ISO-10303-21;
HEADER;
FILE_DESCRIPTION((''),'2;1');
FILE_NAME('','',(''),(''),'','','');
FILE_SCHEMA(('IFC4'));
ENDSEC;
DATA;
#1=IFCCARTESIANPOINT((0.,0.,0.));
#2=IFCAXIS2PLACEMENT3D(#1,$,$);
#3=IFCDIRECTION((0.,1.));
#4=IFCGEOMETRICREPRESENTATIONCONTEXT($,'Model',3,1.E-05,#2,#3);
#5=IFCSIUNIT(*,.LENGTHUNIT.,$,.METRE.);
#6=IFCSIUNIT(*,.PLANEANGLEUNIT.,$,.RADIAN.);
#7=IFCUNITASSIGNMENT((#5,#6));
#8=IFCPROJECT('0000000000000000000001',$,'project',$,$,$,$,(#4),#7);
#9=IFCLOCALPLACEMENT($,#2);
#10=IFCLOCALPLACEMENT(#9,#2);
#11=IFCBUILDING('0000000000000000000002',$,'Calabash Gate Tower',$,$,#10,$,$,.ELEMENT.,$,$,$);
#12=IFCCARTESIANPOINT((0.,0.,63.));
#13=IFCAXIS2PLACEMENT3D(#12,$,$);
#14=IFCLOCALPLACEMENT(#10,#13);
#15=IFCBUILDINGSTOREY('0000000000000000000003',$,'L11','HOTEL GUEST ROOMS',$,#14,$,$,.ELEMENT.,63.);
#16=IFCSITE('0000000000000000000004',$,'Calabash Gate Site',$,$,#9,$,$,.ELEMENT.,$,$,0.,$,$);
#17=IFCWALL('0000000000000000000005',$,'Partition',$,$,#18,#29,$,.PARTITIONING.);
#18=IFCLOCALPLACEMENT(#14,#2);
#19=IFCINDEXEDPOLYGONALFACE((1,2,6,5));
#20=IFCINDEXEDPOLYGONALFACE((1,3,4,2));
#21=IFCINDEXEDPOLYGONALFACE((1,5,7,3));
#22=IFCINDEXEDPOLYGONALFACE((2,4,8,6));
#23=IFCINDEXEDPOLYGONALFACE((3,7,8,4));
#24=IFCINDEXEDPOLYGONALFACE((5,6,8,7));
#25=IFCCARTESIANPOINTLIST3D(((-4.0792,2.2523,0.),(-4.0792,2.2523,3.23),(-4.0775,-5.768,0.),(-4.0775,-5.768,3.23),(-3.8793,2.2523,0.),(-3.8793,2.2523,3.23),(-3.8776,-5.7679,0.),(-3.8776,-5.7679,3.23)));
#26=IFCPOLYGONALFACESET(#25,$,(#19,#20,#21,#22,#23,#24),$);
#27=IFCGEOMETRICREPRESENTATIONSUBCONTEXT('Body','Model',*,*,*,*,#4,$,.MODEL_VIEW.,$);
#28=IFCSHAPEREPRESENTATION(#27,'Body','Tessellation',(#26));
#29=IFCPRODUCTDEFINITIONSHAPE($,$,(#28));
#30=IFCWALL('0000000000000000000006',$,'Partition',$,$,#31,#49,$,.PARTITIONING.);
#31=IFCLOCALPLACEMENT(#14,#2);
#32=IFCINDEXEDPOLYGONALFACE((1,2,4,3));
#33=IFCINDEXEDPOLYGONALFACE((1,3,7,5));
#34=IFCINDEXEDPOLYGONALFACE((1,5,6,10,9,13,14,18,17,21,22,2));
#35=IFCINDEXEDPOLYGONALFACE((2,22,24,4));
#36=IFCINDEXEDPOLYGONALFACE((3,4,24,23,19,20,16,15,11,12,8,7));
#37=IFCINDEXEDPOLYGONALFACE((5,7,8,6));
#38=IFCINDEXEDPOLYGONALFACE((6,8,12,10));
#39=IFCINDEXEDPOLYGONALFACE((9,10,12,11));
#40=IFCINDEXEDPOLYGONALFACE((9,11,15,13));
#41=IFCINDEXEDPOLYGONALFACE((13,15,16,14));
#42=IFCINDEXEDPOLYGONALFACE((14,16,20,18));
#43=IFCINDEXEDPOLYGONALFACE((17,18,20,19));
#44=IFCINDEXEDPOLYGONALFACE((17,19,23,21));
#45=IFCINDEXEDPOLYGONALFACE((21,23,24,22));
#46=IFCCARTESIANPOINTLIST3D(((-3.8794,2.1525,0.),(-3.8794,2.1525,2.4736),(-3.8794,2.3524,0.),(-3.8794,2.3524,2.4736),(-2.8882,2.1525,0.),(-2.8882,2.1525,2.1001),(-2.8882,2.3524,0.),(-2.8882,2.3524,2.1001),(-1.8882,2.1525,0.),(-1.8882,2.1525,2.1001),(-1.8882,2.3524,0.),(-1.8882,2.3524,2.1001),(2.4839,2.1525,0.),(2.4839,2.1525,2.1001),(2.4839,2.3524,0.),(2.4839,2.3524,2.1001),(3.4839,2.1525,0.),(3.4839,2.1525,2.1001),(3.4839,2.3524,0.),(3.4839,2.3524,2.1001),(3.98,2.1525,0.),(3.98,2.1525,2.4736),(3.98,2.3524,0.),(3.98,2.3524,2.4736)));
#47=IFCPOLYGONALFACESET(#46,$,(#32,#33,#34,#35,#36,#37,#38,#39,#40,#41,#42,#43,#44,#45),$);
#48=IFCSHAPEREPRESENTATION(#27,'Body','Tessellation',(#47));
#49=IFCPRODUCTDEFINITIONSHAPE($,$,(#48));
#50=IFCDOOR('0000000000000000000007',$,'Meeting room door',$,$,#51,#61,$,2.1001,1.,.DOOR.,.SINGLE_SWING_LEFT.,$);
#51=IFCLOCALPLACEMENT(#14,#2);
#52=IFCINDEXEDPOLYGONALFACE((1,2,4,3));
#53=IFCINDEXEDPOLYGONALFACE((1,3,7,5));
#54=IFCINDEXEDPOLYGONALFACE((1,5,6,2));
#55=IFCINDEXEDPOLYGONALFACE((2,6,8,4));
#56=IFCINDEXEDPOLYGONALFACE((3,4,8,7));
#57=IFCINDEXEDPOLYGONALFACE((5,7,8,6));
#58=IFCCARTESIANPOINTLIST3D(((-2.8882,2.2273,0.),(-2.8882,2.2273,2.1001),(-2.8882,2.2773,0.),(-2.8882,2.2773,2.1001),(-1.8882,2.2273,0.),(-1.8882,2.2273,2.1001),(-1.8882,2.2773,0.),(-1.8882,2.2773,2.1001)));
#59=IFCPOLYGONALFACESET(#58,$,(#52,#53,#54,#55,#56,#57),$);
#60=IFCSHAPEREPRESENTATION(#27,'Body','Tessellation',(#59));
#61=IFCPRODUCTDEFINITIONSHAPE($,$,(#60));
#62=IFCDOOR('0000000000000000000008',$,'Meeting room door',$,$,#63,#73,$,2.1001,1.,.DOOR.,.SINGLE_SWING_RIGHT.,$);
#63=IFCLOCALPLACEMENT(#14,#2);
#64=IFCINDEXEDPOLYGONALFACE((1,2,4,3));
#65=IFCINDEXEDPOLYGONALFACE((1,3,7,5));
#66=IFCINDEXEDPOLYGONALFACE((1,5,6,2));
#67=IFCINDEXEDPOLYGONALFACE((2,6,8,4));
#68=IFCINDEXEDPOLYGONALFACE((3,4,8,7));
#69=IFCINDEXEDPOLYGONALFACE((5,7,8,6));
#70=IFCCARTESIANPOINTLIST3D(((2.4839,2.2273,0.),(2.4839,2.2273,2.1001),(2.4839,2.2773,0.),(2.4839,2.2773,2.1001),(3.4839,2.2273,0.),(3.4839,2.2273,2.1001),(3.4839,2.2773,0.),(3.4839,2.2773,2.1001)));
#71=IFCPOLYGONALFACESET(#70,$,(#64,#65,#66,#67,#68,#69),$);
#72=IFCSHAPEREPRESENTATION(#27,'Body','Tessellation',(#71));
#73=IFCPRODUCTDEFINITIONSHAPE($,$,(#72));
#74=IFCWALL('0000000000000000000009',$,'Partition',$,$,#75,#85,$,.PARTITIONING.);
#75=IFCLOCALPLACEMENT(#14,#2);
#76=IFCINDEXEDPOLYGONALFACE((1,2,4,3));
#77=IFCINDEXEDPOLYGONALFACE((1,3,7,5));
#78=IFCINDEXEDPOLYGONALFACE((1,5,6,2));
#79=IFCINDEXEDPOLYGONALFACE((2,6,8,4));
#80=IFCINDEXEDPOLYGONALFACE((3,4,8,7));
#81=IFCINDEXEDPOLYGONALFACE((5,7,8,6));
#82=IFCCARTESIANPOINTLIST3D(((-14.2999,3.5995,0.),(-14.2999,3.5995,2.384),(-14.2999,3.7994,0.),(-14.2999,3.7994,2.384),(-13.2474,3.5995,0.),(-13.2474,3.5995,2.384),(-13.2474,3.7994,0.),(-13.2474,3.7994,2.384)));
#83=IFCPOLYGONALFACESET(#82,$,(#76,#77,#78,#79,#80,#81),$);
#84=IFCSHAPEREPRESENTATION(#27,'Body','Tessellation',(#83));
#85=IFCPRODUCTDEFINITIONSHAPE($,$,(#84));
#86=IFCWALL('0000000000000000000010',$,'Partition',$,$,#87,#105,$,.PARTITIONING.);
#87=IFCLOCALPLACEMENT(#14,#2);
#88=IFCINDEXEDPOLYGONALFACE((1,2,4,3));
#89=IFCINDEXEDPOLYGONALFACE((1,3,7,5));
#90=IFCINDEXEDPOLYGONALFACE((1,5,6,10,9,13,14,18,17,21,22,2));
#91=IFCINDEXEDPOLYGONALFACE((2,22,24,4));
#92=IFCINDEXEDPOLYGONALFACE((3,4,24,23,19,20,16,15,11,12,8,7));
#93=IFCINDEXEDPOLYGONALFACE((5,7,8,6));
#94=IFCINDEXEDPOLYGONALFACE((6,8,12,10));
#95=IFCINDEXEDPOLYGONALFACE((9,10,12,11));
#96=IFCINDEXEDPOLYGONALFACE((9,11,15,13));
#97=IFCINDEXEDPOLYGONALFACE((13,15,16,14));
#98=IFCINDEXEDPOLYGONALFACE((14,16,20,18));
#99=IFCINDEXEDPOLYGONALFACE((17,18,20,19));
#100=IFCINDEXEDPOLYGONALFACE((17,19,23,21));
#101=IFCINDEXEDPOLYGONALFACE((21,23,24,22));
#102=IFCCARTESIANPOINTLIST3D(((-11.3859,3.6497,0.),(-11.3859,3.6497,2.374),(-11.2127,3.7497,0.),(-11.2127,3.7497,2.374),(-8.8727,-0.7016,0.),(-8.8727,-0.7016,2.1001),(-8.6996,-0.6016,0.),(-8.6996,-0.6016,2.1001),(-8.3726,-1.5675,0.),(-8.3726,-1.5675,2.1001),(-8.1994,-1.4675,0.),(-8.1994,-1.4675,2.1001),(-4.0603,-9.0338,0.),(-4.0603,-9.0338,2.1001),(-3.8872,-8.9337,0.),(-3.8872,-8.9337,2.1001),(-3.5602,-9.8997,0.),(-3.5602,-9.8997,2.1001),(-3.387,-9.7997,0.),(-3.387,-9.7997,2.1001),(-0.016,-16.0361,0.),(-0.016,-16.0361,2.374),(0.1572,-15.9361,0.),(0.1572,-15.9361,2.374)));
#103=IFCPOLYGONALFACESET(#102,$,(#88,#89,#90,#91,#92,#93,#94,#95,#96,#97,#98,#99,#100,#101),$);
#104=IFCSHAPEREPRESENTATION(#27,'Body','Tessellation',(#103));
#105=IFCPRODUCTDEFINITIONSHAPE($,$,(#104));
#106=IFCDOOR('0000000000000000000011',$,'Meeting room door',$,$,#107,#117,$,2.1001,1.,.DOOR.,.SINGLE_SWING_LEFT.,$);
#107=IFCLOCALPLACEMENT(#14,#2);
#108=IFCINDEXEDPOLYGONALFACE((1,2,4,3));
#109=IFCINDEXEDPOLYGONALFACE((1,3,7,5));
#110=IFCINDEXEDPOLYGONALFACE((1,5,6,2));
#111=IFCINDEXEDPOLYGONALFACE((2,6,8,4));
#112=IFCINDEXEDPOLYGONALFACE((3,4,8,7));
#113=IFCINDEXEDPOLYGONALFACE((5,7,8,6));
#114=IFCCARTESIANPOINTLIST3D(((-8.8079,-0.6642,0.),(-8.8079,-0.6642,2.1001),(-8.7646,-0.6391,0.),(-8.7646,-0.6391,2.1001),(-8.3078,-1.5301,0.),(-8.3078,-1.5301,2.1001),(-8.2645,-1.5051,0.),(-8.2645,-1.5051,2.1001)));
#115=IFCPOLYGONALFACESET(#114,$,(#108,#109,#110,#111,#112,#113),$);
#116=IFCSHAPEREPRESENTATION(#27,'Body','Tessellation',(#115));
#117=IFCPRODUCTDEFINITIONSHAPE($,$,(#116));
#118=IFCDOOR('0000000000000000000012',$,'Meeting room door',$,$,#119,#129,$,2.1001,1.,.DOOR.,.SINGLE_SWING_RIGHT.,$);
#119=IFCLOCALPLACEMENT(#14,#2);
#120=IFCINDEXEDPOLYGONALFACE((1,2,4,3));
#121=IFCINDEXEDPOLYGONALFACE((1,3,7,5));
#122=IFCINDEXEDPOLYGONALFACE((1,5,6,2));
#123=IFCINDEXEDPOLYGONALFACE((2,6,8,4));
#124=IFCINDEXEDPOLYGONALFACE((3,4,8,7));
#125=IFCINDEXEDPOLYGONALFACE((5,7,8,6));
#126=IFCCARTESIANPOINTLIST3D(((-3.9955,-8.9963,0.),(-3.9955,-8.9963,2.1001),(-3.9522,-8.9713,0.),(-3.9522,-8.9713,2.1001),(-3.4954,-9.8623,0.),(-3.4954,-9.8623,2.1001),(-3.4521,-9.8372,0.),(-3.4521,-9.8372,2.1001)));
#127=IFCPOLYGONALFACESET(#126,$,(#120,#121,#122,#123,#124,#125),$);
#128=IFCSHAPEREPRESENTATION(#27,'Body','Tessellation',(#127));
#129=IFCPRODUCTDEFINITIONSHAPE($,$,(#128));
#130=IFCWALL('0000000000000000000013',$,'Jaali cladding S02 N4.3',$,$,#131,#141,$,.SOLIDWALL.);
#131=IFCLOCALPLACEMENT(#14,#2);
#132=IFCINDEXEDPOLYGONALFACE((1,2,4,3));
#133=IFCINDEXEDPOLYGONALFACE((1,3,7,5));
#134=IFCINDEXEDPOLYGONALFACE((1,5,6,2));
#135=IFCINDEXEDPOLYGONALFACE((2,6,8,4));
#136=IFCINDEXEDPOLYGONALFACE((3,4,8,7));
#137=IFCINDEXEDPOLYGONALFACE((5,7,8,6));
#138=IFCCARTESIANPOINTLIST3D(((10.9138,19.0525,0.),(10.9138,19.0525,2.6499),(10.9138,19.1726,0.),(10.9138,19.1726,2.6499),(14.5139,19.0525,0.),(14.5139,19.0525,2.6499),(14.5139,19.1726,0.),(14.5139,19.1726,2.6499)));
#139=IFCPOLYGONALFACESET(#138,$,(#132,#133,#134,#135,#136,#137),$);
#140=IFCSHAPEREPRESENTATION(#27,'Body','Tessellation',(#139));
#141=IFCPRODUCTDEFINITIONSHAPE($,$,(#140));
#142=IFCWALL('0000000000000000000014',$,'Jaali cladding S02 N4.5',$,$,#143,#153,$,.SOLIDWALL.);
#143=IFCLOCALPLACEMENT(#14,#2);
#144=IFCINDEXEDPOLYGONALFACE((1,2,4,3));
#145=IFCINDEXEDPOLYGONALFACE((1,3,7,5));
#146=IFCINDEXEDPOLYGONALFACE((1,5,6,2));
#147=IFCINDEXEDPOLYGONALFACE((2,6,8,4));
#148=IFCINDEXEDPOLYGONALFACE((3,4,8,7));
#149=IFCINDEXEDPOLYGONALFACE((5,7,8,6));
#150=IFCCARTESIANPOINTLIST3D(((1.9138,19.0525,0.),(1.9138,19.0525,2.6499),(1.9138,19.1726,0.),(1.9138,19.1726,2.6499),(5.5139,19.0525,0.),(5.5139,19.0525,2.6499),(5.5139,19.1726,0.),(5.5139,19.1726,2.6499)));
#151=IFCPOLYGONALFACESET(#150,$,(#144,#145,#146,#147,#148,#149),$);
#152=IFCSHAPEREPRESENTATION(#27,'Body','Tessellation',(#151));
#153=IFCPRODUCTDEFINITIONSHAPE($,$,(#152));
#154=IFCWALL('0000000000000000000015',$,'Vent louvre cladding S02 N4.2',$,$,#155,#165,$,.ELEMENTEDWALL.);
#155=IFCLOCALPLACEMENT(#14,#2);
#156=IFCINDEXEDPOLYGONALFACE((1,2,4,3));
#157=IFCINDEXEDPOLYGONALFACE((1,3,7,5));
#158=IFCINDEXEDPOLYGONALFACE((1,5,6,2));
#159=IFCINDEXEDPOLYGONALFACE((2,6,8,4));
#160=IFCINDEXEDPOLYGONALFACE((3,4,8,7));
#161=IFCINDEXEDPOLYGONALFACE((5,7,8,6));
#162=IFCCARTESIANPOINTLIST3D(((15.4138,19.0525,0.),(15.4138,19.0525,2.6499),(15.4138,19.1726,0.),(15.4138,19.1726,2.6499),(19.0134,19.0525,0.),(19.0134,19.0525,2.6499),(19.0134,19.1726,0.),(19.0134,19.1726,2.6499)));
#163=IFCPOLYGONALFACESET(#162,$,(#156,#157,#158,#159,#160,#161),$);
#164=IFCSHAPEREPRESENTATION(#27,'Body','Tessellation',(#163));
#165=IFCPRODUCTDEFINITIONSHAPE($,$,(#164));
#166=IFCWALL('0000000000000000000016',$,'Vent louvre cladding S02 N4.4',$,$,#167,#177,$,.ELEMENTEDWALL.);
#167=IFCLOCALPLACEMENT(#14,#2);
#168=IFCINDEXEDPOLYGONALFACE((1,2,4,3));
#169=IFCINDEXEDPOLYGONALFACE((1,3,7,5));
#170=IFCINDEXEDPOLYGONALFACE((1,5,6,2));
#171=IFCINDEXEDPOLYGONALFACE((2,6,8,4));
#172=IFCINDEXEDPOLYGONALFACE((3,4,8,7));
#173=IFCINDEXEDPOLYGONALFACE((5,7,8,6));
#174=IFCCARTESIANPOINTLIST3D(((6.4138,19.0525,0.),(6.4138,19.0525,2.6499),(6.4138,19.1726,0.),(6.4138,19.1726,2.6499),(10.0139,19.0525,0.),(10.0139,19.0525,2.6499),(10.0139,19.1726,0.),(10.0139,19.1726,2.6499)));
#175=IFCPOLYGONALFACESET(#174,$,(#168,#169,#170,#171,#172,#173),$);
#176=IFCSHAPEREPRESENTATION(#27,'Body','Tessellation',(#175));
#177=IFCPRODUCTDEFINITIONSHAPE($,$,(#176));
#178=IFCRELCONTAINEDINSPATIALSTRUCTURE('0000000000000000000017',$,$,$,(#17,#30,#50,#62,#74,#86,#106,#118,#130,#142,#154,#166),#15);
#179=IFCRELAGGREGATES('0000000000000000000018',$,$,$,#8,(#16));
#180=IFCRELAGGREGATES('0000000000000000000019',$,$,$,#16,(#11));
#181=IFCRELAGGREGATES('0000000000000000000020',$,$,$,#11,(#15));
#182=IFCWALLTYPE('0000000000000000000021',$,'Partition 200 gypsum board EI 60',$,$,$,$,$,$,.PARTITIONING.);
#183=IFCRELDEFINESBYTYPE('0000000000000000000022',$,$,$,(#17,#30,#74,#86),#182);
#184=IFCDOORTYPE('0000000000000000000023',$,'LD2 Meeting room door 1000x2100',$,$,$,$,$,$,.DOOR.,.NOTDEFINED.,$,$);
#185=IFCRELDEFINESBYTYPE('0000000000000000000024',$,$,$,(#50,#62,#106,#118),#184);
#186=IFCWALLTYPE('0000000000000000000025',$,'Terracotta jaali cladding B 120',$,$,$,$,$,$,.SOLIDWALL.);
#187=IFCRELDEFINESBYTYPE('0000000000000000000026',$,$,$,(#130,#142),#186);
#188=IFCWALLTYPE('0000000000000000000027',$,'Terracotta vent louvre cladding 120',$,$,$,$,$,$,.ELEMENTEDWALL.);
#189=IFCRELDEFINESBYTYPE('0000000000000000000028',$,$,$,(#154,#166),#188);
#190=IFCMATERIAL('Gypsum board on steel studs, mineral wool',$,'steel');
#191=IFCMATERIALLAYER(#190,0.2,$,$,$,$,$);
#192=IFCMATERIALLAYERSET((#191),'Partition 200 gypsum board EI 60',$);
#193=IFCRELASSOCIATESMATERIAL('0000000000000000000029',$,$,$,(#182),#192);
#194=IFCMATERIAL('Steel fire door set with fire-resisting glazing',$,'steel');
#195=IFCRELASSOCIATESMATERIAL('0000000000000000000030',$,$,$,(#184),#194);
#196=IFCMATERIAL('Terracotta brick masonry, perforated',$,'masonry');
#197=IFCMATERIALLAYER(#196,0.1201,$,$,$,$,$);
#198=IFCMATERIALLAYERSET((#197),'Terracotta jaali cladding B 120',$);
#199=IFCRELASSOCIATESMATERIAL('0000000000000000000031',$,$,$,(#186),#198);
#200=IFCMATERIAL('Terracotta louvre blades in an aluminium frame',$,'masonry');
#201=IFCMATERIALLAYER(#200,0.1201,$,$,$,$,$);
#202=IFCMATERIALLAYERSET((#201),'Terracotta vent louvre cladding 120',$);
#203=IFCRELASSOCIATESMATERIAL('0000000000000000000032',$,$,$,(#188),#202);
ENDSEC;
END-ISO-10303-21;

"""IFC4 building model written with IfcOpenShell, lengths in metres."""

from ifc_helpers import new_model, si_unit, direction, frame, frame_2d, origin, place, context, subcontext, project, spatial, polyline, rectangle, outline, extrude, material, layer, layer_set, type_object, element, fill, save


model = new_model("IFC4")

# Units and contexts
model_context = context("Model", 3, precision=1e-05, world=origin(), true_north=direction((0.0, 1.0)))
body_context = subcontext(model_context, "Body", "Model", "MODEL_VIEW")
ifc_project = project(units=[si_unit("LENGTHUNIT", "METRE"), si_unit("PLANEANGLEUNIT", "RADIAN")], contexts=[model_context])

# Site, building, storey
site_placement = place(None, origin())
site = spatial("IfcSite", under=ifc_project, at=site_placement, Name="Calabash Gate Site", CompositionType="ELEMENT", RefElevation=0.0)
building_placement = place(site_placement, origin())
building = spatial("IfcBuilding", under=site, at=building_placement, Name="Calabash Gate Tower", CompositionType="ELEMENT")
storey_placement = place(building_placement, frame((0.0, 0.0, 63.0)))
storey = spatial("IfcBuildingStorey", under=building, at=storey_placement, Name="L11", Description="HOTEL GUEST ROOMS", CompositionType="ELEMENT", Elevation=63.0)

# Shared definitions
ifc_material_1 = material(Name="Gypsum board on steel studs, mineral wool", Category="steel")
ifc_layer_1 = layer(ifc_material_1, 0.2)
ifc_layer_set_1 = layer_set([ifc_layer_1], Name="Partition 200 gypsum board EI 60")
wall_type_1 = type_object("IfcWallType", Name="Partition 200 gypsum board EI 60", PredefinedType="PARTITIONING", material=ifc_layer_set_1)

# Wall
wall_1_placement = place(storey_placement, frame((-3.9792, 2.2524, 0.0), z_axis=(0.0, 0.0, 1.0), x_axis=(0.000213, -1.0, 0.0)))
element("IfcWall", 1, at=wall_1_placement, inside=storey, type_object=wall_type_1, Name="Partition", PredefinedType="PARTITIONING", context=body_context, shape_type="SweptSolid", body=[
    extrude(rectangle(XDim=8.0203, YDim=0.2, at=frame_2d((4.0103, 0.0))), origin(), (0.0, 0.0, 1.0), 3.23),
])

# Wall, openings, doors
wall_2_placement = place(storey_placement, frame((-3.8794, 2.2524, 0.0), z_axis=(0.0, 0.0, 1.0), x_axis=(1.0, 0.0, 0.0)))
wall_2 = element("IfcWall", 2, at=wall_2_placement, inside=storey, type_object=wall_type_1, Name="Partition", PredefinedType="PARTITIONING", context=body_context, shape_type="SweptSolid", body=[
    extrude(rectangle(XDim=7.8594, YDim=0.2, at=frame_2d((3.9297, 0.0))), origin(), (0.0, 0.0, 1.0), 2.4736),
])
opening_1_placement = place(wall_2_placement, frame((0.9912, 0.0, 0.0)))
opening_1 = element("IfcOpeningElement", 3, at=opening_1_placement, cuts=wall_2, PredefinedType="OPENING", context=body_context, shape_type="SweptSolid", body=[
    extrude(rectangle(XDim=1.0, YDim=2.1001, at=frame_2d((0.5, 1.05))), frame((0.0, 0.1099, 0.0), z_axis=(0.0, -1.0, 0.0), x_axis=(1.0, 0.0, 0.0)), (0.0, 0.0, 1.0), 0.22),
])
opening_2_placement = place(wall_2_placement, frame((6.3633, 0.0, 0.0)))
opening_2 = element("IfcOpeningElement", 4, at=opening_2_placement, cuts=wall_2, PredefinedType="OPENING", context=body_context, shape_type="SweptSolid", body=[
    extrude(rectangle(XDim=1.0, YDim=2.1001, at=frame_2d((0.5, 1.05))), frame((0.0, 0.1099, 0.0), z_axis=(0.0, -1.0, 0.0), x_axis=(1.0, 0.0, 0.0)), (0.0, 0.0, 1.0), 0.22),
])
ifc_material_2 = material(Name="Steel fire door set with fire-resisting glazing", Category="steel")
door_type_1 = type_object("IfcDoorType", Name="LD2 Meeting room door 1000x2100", OperationType="NOTDEFINED", PredefinedType="DOOR", material=ifc_material_2)
door_1_placement = place(opening_1_placement, origin())
door_1 = element("IfcDoor", 5, at=door_1_placement, inside=storey, type_object=door_type_1, Name="Meeting room door", OperationType="SINGLE_SWING_LEFT", OverallHeight=2.1001, OverallWidth=1.0, PredefinedType="DOOR", context=body_context, shape_type="SweptSolid", body=[
    extrude(rectangle(XDim=1.0, YDim=2.1001, at=frame_2d((0.5, 1.05))), frame((0.0, 0.0249, 0.0), z_axis=(0.0, -1.0, 0.0), x_axis=(1.0, 0.0, 0.0)), (0.0, 0.0, 1.0), 0.05),
])
fill(opening_1, door_1)
door_2_placement = place(opening_2_placement, origin())
door_2 = element("IfcDoor", 6, at=door_2_placement, inside=storey, type_object=door_type_1, Name="Meeting room door", OperationType="SINGLE_SWING_RIGHT", OverallHeight=2.1001, OverallWidth=1.0, PredefinedType="DOOR", context=body_context, shape_type="SweptSolid", body=[
    extrude(rectangle(XDim=1.0, YDim=2.1001, at=frame_2d((0.5, 1.05))), frame((0.0, 0.0249, 0.0), z_axis=(0.0, -1.0, 0.0), x_axis=(1.0, 0.0, 0.0)), (0.0, 0.0, 1.0), 0.05),
])
fill(opening_2, door_2)

# Wall
wall_3_placement = place(storey_placement, frame((-14.3, 3.6995, 0.0), z_axis=(0.0, 0.0, 1.0), x_axis=(1.0, 0.0, 0.0)))
element("IfcWall", 7, at=wall_3_placement, inside=storey, type_object=wall_type_1, Name="Partition", PredefinedType="PARTITIONING", context=body_context, shape_type="SweptSolid", body=[
    extrude(rectangle(XDim=1.0525, YDim=0.2, at=frame_2d((0.5264, 0.0))), origin(), (0.0, 0.0, 1.0), 2.384),
])

# Wall, openings, doors
wall_4_placement = place(storey_placement, frame((-11.2993, 3.6997, 0.0), z_axis=(0.0, 0.0, 1.0), x_axis=(0.500141, -0.865944, 0.0)))
wall_4 = element("IfcWall", 8, at=wall_4_placement, inside=storey, type_object=wall_type_1, Name="Partition", PredefinedType="PARTITIONING", context=body_context, shape_type="SweptSolid", body=[
    extrude(rectangle(XDim=22.7334, YDim=0.2, at=frame_2d((11.3667, 0.0))), origin(), (0.0, 0.0, 1.0), 2.374),
])
opening_3_placement = place(wall_4_placement, frame((5.0249, 0.0, 0.0)))
opening_3 = element("IfcOpeningElement", 9, at=opening_3_placement, cuts=wall_4, PredefinedType="OPENING", context=body_context, shape_type="SweptSolid", body=[
    extrude(rectangle(XDim=1.0, YDim=2.1001, at=frame_2d((0.5, 1.05))), frame((0.0, 0.1099, 0.0), z_axis=(0.0, -1.0, 0.0), x_axis=(1.0, 0.0, 0.0)), (0.0, 0.0, 1.0), 0.22),
])
opening_4_placement = place(wall_4_placement, frame((14.647, 0.0, 0.0)))
opening_4 = element("IfcOpeningElement", 10, at=opening_4_placement, cuts=wall_4, PredefinedType="OPENING", context=body_context, shape_type="SweptSolid", body=[
    extrude(rectangle(XDim=1.0, YDim=2.1001, at=frame_2d((0.5, 1.05))), frame((0.0, 0.1099, 0.0), z_axis=(0.0, -1.0, 0.0), x_axis=(1.0, 0.0, 0.0)), (0.0, 0.0, 1.0), 0.22),
])
door_3_placement = place(opening_3_placement, origin())
door_3 = element("IfcDoor", 11, at=door_3_placement, inside=storey, type_object=door_type_1, Name="Meeting room door", OperationType="SINGLE_SWING_LEFT", OverallHeight=2.1001, OverallWidth=1.0, PredefinedType="DOOR", context=body_context, shape_type="SweptSolid", body=[
    extrude(rectangle(XDim=1.0, YDim=2.1001, at=frame_2d((0.5, 1.05))), frame((0.0, 0.0249, 0.0), z_axis=(0.0, -1.0, 0.0), x_axis=(1.0, 0.0, 0.0)), (0.0, 0.0, 1.0), 0.05),
])
fill(opening_3, door_3)
door_4_placement = place(opening_4_placement, origin())
door_4 = element("IfcDoor", 12, at=door_4_placement, inside=storey, type_object=door_type_1, Name="Meeting room door", OperationType="SINGLE_SWING_RIGHT", OverallHeight=2.1001, OverallWidth=1.0, PredefinedType="DOOR", context=body_context, shape_type="SweptSolid", body=[
    extrude(rectangle(XDim=1.0, YDim=2.1001, at=frame_2d((0.5, 1.05))), frame((0.0, 0.0249, 0.0), z_axis=(0.0, -1.0, 0.0), x_axis=(1.0, 0.0, 0.0)), (0.0, 0.0, 1.0), 0.05),
])
fill(opening_4, door_4)

# Walls
ifc_material_3 = material(Name="Terracotta brick masonry, perforated", Category="masonry")
ifc_layer_2 = layer(ifc_material_3, 0.1201)
ifc_layer_set_2 = layer_set([ifc_layer_2], Name="Terracotta jaali cladding B 120")
wall_type_2 = type_object("IfcWallType", Name="Terracotta jaali cladding B 120", PredefinedType="SOLIDWALL", material=ifc_layer_set_2)
wall_5_placement = place(storey_placement, origin())
element("IfcWall", 13, at=wall_5_placement, inside=storey, type_object=wall_type_2, Name="Jaali cladding S02 N4.3", PredefinedType="SOLIDWALL", context=body_context, shape_type="SweptSolid", body=[
    extrude(outline(polyline([(10.9138, 19.1726), (10.9138, 19.0525), (14.5139, 19.0525), (14.5139, 19.1726), (10.9138, 19.1726)])), origin(), (0.0, 0.0, 1.0), 2.6499),
])
wall_6_placement = place(storey_placement, origin())
element("IfcWall", 14, at=wall_6_placement, inside=storey, type_object=wall_type_2, Name="Jaali cladding S02 N4.5", PredefinedType="SOLIDWALL", context=body_context, shape_type="SweptSolid", body=[
    extrude(outline(polyline([(1.9138, 19.1726), (1.9138, 19.0525), (5.5139, 19.0525), (5.5139, 19.1726), (1.9138, 19.1726)])), origin(), (0.0, 0.0, 1.0), 2.6499),
])
ifc_material_4 = material(Name="Terracotta louvre blades in an aluminium frame", Category="masonry")
ifc_layer_3 = layer(ifc_material_4, 0.1201)
ifc_layer_set_3 = layer_set([ifc_layer_3], Name="Terracotta vent louvre cladding 120")
wall_type_3 = type_object("IfcWallType", Name="Terracotta vent louvre cladding 120", PredefinedType="ELEMENTEDWALL", material=ifc_layer_set_3)
wall_7_placement = place(storey_placement, origin())
element("IfcWall", 15, at=wall_7_placement, inside=storey, type_object=wall_type_3, Name="Vent louvre cladding S02 N4.2", PredefinedType="ELEMENTEDWALL", context=body_context, shape_type="SweptSolid", body=[
    extrude(outline(polyline([(15.4138, 19.1726), (15.4138, 19.0525), (19.0134, 19.0525), (19.0134, 19.1726), (15.4138, 19.1726)])), origin(), (0.0, 0.0, 1.0), 2.6499),
])
wall_8_placement = place(storey_placement, origin())
element("IfcWall", 16, at=wall_8_placement, inside=storey, type_object=wall_type_3, Name="Vent louvre cladding S02 N4.4", PredefinedType="ELEMENTEDWALL", context=body_context, shape_type="SweptSolid", body=[
    extrude(outline(polyline([(6.4138, 19.1726), (6.4138, 19.0525), (10.0139, 19.0525), (10.0139, 19.1726), (6.4138, 19.1726)])), origin(), (0.0, 0.0, 1.0), 2.6499),
])

save(model, "model.ifc")
